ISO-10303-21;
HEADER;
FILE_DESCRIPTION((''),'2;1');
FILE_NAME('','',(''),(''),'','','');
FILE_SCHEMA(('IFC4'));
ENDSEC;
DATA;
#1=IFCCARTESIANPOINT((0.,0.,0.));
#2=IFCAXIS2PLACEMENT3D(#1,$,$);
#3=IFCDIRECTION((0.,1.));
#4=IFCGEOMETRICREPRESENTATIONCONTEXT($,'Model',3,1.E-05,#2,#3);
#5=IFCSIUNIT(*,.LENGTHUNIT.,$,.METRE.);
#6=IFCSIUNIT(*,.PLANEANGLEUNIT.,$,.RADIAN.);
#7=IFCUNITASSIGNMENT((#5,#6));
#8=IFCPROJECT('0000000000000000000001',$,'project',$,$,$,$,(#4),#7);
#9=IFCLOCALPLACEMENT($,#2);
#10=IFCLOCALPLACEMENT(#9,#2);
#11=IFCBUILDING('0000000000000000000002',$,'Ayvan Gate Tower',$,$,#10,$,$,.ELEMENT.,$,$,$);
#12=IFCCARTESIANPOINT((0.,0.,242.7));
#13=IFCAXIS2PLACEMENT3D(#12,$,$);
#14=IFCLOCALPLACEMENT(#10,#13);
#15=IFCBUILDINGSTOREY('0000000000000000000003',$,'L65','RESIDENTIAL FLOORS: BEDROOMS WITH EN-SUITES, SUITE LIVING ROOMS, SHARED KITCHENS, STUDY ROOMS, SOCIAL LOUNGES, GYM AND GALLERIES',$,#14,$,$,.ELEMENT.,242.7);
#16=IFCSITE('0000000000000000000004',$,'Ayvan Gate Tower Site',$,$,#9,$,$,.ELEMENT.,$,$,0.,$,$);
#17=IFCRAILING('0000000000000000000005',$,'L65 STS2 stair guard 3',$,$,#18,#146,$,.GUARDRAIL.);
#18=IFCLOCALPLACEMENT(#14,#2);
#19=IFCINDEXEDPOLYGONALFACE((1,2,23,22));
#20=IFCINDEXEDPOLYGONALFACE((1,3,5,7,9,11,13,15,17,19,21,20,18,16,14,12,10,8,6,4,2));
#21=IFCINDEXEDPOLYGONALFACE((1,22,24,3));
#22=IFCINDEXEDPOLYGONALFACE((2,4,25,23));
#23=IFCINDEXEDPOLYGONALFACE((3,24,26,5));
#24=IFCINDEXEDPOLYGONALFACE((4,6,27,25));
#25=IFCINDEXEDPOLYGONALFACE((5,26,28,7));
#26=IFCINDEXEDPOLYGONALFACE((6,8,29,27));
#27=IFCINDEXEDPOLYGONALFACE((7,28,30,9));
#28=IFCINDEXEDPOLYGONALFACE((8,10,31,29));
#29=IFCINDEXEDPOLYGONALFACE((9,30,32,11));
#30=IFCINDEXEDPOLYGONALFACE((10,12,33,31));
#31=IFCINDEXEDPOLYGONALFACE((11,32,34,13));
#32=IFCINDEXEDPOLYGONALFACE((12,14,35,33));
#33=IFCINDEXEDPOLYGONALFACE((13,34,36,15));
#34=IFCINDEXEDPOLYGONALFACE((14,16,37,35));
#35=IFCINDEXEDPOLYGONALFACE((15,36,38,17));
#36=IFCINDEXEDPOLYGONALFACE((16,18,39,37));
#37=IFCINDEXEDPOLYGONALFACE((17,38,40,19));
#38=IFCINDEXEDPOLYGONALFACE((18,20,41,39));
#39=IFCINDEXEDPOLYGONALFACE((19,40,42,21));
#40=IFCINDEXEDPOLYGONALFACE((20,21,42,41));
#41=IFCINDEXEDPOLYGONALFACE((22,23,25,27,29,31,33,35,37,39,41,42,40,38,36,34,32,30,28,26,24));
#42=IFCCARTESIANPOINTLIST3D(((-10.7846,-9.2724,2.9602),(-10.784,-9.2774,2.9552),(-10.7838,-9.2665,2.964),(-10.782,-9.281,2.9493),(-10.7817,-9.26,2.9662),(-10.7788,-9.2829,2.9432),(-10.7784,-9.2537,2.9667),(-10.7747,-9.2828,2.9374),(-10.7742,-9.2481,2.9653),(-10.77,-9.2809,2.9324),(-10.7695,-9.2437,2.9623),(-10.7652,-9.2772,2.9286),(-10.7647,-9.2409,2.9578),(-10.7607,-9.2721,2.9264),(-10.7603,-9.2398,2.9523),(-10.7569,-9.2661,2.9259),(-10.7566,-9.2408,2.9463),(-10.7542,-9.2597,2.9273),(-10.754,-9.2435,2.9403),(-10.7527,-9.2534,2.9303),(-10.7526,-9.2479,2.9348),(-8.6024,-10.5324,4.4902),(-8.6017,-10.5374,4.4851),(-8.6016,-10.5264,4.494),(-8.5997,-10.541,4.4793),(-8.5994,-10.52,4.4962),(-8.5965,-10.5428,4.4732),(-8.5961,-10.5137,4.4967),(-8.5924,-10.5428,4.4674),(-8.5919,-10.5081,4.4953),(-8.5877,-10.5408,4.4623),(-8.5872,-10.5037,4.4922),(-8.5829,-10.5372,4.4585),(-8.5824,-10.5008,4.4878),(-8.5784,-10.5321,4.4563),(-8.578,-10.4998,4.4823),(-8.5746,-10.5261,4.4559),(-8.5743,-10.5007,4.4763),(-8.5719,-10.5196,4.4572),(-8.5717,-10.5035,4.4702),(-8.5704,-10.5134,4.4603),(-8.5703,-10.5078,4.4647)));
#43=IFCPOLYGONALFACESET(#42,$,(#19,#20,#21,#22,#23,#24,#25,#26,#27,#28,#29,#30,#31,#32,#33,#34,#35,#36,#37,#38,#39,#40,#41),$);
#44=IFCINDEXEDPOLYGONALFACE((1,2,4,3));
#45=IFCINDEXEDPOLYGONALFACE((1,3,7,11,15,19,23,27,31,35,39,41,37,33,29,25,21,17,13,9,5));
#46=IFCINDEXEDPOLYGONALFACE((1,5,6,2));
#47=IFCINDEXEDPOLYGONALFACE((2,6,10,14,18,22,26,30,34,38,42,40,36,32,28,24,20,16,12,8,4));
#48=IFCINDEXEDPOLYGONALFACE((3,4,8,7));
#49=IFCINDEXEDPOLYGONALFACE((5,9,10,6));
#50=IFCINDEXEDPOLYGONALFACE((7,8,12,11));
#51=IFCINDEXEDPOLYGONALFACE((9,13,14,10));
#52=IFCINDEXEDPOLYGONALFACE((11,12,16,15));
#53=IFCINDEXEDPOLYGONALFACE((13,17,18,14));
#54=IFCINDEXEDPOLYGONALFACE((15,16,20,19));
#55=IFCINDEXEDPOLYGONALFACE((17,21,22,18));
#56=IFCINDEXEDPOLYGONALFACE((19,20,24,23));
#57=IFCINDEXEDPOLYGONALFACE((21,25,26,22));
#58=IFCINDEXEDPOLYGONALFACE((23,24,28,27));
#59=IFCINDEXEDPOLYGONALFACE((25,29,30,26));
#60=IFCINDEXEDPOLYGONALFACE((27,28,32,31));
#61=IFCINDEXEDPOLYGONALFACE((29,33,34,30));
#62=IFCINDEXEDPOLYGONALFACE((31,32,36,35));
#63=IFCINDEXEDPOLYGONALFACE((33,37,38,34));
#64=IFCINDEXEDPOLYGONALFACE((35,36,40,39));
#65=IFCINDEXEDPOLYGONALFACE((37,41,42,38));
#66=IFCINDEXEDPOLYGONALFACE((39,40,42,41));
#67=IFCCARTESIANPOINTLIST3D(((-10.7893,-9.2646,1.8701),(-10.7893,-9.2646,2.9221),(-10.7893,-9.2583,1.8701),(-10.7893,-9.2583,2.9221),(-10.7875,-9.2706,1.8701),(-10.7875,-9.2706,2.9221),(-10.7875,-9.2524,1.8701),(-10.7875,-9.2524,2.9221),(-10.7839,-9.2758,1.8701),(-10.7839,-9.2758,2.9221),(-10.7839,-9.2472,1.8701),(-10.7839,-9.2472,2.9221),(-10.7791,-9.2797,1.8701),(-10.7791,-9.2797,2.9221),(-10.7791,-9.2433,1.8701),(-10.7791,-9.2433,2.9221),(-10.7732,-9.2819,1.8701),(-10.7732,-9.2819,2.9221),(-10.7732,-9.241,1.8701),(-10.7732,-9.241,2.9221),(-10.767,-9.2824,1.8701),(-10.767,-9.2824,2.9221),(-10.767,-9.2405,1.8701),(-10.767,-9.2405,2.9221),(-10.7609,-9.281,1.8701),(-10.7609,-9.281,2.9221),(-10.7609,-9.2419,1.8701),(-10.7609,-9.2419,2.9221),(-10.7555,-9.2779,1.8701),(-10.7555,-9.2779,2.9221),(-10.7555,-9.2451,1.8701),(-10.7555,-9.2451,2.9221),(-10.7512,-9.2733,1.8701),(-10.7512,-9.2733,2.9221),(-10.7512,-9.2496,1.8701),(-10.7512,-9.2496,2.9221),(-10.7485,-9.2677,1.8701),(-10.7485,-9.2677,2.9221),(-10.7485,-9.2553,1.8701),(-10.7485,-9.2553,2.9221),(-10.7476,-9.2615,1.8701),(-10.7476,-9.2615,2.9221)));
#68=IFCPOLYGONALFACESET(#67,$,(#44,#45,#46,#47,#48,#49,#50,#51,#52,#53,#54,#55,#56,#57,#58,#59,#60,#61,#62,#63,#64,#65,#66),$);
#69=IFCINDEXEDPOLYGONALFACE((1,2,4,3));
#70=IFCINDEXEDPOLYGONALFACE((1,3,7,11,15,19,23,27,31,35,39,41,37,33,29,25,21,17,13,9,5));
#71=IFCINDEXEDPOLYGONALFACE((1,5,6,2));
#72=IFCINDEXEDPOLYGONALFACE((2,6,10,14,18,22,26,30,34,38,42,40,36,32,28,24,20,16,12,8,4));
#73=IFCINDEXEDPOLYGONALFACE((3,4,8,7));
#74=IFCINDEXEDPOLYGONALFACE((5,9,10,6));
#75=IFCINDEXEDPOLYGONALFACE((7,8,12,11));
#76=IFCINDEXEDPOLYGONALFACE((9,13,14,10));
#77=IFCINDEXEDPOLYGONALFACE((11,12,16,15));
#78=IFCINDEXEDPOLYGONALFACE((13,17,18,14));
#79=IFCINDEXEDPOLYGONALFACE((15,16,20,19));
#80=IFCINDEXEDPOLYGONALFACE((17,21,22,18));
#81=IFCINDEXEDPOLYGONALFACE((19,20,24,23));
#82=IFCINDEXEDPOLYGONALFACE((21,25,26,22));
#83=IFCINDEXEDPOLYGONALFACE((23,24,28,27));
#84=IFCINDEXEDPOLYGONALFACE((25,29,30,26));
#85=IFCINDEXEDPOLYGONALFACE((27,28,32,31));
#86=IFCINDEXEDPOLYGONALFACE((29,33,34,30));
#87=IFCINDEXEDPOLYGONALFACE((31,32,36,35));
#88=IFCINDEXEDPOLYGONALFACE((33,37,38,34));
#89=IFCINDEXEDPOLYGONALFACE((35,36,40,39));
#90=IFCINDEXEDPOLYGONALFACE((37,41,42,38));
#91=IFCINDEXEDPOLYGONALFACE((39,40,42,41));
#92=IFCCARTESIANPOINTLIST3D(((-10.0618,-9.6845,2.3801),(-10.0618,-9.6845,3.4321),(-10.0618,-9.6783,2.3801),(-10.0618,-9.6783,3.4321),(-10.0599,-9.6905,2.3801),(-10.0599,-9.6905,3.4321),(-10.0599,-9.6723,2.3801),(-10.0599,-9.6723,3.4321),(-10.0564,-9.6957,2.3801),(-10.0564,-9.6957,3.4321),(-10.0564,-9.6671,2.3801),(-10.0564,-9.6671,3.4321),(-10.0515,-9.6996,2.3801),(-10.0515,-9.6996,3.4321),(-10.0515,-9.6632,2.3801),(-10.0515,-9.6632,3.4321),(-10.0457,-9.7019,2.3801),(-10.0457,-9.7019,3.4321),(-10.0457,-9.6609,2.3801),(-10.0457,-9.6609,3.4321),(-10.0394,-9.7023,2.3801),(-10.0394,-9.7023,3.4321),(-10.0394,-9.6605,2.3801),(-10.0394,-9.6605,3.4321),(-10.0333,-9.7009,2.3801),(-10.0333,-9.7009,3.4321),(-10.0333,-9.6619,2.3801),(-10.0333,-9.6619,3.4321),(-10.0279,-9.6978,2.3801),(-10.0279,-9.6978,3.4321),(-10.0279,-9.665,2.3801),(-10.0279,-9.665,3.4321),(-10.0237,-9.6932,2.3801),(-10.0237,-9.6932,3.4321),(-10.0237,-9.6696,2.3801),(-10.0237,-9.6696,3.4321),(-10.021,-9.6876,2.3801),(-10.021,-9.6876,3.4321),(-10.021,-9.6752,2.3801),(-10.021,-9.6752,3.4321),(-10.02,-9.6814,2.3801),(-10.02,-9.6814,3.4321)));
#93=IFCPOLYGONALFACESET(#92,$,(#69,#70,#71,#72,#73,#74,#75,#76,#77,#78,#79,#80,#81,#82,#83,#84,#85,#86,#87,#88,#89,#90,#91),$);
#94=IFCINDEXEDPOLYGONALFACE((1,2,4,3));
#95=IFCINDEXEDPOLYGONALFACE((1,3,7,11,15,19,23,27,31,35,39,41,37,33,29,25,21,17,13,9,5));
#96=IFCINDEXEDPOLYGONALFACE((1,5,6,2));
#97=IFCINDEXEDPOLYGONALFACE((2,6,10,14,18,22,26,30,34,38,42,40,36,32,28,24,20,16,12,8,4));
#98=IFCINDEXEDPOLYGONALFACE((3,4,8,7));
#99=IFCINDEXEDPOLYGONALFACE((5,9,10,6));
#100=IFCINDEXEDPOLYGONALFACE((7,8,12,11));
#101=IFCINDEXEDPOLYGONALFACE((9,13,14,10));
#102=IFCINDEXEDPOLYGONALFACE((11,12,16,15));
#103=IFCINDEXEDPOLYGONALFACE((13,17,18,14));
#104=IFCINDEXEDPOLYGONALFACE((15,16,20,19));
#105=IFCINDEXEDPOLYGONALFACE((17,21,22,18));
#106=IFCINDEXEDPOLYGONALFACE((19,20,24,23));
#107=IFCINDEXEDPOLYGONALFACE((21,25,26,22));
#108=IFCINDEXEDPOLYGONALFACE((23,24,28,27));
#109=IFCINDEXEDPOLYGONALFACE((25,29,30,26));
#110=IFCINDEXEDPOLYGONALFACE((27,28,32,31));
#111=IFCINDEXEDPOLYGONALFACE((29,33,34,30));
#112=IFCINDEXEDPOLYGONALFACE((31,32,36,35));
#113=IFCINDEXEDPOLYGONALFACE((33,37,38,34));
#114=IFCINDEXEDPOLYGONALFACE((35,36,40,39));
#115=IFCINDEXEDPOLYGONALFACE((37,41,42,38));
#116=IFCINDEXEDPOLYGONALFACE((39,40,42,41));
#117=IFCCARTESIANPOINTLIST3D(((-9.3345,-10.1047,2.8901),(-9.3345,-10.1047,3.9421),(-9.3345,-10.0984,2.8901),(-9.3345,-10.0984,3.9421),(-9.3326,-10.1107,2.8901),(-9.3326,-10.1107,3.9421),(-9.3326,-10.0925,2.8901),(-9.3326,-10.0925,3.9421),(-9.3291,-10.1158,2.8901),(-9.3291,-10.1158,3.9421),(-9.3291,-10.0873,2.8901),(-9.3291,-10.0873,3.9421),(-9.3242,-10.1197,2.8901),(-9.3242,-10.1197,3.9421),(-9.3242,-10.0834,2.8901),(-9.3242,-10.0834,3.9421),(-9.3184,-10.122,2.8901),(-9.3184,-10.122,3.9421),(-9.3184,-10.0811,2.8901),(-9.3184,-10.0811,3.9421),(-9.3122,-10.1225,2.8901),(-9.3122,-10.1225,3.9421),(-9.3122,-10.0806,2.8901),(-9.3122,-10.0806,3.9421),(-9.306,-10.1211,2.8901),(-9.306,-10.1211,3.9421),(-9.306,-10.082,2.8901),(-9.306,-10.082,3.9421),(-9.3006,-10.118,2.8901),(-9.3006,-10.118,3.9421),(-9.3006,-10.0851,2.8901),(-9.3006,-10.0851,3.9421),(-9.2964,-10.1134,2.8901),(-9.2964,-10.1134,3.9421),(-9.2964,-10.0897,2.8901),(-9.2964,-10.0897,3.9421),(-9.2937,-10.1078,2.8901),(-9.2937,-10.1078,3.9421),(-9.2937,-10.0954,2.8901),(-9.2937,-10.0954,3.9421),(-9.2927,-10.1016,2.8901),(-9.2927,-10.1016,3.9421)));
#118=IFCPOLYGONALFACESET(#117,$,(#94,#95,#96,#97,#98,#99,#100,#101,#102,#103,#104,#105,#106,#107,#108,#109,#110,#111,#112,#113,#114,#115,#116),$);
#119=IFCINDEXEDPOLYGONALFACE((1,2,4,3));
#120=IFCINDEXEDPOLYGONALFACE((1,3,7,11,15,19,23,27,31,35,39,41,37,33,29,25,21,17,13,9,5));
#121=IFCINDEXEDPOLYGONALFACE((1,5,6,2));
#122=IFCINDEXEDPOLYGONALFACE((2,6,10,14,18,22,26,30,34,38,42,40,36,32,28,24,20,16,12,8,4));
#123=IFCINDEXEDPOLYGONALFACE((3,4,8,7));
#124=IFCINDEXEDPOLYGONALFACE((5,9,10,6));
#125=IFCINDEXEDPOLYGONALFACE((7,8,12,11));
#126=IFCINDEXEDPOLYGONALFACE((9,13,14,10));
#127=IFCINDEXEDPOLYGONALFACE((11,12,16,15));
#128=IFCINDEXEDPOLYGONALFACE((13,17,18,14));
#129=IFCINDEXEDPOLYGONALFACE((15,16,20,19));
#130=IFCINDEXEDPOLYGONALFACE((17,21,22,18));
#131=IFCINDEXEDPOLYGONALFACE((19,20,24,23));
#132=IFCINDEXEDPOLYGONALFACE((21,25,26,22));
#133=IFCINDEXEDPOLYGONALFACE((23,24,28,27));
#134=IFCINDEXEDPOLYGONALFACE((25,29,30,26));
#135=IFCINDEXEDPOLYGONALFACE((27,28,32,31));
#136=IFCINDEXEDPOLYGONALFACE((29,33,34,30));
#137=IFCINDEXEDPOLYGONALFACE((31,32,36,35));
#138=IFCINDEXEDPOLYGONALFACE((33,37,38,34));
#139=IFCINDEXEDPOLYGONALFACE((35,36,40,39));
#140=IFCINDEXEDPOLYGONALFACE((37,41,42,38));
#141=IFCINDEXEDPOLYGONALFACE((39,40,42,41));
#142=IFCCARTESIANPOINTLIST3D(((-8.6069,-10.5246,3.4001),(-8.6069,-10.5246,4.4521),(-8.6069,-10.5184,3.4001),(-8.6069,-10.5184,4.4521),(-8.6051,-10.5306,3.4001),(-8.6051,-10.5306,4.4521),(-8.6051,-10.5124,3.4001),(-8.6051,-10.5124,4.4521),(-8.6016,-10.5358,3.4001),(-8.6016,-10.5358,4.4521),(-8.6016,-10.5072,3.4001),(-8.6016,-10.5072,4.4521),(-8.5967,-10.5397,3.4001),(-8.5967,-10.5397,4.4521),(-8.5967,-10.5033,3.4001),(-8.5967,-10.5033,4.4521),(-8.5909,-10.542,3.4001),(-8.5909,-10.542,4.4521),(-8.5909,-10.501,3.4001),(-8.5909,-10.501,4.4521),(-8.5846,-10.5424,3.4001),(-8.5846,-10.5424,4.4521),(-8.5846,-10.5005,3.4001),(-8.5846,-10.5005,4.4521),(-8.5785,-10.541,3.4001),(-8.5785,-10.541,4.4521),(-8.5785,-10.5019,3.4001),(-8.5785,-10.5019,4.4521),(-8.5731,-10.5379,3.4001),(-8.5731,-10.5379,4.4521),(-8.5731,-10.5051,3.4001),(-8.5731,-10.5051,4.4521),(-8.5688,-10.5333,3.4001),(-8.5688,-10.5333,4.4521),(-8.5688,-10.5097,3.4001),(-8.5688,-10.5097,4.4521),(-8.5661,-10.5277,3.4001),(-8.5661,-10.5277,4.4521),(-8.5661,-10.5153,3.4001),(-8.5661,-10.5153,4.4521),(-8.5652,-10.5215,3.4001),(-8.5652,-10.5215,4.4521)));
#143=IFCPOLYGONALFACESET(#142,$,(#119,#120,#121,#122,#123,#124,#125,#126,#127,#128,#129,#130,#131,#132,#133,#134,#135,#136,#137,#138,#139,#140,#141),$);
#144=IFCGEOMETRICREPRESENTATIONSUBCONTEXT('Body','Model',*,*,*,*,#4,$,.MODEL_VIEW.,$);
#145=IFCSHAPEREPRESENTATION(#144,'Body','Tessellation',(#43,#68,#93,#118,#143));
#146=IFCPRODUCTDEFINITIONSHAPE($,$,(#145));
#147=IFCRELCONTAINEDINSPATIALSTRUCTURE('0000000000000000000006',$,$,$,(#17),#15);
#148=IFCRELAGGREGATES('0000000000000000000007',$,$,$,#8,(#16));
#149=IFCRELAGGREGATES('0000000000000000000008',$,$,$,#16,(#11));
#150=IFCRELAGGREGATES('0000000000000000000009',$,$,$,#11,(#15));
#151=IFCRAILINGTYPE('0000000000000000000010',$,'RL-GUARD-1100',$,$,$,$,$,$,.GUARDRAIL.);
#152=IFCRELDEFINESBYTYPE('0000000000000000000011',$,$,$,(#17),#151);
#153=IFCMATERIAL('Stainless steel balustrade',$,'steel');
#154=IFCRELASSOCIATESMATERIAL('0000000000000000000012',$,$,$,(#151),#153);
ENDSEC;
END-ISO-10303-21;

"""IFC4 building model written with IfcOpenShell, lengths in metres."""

from ifc_helpers import new_model, si_unit, direction, frame, origin, origin_2d, place, context, subcontext, project, spatial, circle, extrude, material, type_object, element, save


model = new_model("IFC4")

# Units and contexts
model_context = context("Model", 3, precision=1e-05, world=origin(), true_north=direction((0.0, 1.0)))
body_context = subcontext(model_context, "Body", "Model", "MODEL_VIEW")
ifc_project = project(units=[si_unit("LENGTHUNIT", "METRE"), si_unit("PLANEANGLEUNIT", "RADIAN")], contexts=[model_context])

# Site, building, storey
site_placement = place(None, origin())
site = spatial("IfcSite", under=ifc_project, at=site_placement, Name="Ayvan Gate Tower Site", CompositionType="ELEMENT", RefElevation=0.0)
building_placement = place(site_placement, origin())
building = spatial("IfcBuilding", under=site, at=building_placement, Name="Ayvan Gate Tower", CompositionType="ELEMENT")
storey_placement = place(building_placement, frame((0.0, 0.0, 242.7)))
storey = spatial("IfcBuildingStorey", under=building, at=storey_placement, Name="L65", Description="RESIDENTIAL FLOORS: BEDROOMS WITH EN-SUITES, SUITE LIVING ROOMS, SHARED KITCHENS, STUDY ROOMS, SOCIAL LOUNGES, GYM AND GALLERIES", CompositionType="ELEMENT", Elevation=242.7)

# Railing
ifc_material_1 = material(Name="Stainless steel balustrade", Category="steel")
railing_type_1 = type_object("IfcRailingType", Name="RL-GUARD-1100", PredefinedType="GUARDRAIL", material=ifc_material_1)
railing_1_placement = place(storey_placement, frame((-10.7686, -9.2615, 1.8701)))
element("IfcRailing", 1, at=railing_1_placement, inside=storey, type_object=railing_type_1, Name="L65 STS2 stair guard 3", PredefinedType="GUARDRAIL", context=body_context, shape_type="SweptSolid", body=[
    extrude(circle(Radius=0.0239, at=origin_2d()), frame((0.0, 0.0, 1.0762), z_axis=(0.740261, -0.427395, 0.518986), x_axis=(0.500005, 0.866023, 0.0)), (0.0, 0.0, 1.0), 2.948),
    extrude(circle(Radius=0.021, at=origin_2d()), origin(), (0.0, 0.0, 1.0), 1.052),
    extrude(circle(Radius=0.021, at=origin_2d()), frame((0.7275, -0.4199, 0.51)), (0.0, 0.0, 1.0), 1.052),
    extrude(circle(Radius=0.021, at=origin_2d()), frame((1.4548, -0.8401, 1.02)), (0.0, 0.0, 1.0), 1.052),
    extrude(circle(Radius=0.021, at=origin_2d()), frame((2.1824, -1.26, 1.53)), (0.0, 0.0, 1.0), 1.052),
])

save(model, "model.ifc")
